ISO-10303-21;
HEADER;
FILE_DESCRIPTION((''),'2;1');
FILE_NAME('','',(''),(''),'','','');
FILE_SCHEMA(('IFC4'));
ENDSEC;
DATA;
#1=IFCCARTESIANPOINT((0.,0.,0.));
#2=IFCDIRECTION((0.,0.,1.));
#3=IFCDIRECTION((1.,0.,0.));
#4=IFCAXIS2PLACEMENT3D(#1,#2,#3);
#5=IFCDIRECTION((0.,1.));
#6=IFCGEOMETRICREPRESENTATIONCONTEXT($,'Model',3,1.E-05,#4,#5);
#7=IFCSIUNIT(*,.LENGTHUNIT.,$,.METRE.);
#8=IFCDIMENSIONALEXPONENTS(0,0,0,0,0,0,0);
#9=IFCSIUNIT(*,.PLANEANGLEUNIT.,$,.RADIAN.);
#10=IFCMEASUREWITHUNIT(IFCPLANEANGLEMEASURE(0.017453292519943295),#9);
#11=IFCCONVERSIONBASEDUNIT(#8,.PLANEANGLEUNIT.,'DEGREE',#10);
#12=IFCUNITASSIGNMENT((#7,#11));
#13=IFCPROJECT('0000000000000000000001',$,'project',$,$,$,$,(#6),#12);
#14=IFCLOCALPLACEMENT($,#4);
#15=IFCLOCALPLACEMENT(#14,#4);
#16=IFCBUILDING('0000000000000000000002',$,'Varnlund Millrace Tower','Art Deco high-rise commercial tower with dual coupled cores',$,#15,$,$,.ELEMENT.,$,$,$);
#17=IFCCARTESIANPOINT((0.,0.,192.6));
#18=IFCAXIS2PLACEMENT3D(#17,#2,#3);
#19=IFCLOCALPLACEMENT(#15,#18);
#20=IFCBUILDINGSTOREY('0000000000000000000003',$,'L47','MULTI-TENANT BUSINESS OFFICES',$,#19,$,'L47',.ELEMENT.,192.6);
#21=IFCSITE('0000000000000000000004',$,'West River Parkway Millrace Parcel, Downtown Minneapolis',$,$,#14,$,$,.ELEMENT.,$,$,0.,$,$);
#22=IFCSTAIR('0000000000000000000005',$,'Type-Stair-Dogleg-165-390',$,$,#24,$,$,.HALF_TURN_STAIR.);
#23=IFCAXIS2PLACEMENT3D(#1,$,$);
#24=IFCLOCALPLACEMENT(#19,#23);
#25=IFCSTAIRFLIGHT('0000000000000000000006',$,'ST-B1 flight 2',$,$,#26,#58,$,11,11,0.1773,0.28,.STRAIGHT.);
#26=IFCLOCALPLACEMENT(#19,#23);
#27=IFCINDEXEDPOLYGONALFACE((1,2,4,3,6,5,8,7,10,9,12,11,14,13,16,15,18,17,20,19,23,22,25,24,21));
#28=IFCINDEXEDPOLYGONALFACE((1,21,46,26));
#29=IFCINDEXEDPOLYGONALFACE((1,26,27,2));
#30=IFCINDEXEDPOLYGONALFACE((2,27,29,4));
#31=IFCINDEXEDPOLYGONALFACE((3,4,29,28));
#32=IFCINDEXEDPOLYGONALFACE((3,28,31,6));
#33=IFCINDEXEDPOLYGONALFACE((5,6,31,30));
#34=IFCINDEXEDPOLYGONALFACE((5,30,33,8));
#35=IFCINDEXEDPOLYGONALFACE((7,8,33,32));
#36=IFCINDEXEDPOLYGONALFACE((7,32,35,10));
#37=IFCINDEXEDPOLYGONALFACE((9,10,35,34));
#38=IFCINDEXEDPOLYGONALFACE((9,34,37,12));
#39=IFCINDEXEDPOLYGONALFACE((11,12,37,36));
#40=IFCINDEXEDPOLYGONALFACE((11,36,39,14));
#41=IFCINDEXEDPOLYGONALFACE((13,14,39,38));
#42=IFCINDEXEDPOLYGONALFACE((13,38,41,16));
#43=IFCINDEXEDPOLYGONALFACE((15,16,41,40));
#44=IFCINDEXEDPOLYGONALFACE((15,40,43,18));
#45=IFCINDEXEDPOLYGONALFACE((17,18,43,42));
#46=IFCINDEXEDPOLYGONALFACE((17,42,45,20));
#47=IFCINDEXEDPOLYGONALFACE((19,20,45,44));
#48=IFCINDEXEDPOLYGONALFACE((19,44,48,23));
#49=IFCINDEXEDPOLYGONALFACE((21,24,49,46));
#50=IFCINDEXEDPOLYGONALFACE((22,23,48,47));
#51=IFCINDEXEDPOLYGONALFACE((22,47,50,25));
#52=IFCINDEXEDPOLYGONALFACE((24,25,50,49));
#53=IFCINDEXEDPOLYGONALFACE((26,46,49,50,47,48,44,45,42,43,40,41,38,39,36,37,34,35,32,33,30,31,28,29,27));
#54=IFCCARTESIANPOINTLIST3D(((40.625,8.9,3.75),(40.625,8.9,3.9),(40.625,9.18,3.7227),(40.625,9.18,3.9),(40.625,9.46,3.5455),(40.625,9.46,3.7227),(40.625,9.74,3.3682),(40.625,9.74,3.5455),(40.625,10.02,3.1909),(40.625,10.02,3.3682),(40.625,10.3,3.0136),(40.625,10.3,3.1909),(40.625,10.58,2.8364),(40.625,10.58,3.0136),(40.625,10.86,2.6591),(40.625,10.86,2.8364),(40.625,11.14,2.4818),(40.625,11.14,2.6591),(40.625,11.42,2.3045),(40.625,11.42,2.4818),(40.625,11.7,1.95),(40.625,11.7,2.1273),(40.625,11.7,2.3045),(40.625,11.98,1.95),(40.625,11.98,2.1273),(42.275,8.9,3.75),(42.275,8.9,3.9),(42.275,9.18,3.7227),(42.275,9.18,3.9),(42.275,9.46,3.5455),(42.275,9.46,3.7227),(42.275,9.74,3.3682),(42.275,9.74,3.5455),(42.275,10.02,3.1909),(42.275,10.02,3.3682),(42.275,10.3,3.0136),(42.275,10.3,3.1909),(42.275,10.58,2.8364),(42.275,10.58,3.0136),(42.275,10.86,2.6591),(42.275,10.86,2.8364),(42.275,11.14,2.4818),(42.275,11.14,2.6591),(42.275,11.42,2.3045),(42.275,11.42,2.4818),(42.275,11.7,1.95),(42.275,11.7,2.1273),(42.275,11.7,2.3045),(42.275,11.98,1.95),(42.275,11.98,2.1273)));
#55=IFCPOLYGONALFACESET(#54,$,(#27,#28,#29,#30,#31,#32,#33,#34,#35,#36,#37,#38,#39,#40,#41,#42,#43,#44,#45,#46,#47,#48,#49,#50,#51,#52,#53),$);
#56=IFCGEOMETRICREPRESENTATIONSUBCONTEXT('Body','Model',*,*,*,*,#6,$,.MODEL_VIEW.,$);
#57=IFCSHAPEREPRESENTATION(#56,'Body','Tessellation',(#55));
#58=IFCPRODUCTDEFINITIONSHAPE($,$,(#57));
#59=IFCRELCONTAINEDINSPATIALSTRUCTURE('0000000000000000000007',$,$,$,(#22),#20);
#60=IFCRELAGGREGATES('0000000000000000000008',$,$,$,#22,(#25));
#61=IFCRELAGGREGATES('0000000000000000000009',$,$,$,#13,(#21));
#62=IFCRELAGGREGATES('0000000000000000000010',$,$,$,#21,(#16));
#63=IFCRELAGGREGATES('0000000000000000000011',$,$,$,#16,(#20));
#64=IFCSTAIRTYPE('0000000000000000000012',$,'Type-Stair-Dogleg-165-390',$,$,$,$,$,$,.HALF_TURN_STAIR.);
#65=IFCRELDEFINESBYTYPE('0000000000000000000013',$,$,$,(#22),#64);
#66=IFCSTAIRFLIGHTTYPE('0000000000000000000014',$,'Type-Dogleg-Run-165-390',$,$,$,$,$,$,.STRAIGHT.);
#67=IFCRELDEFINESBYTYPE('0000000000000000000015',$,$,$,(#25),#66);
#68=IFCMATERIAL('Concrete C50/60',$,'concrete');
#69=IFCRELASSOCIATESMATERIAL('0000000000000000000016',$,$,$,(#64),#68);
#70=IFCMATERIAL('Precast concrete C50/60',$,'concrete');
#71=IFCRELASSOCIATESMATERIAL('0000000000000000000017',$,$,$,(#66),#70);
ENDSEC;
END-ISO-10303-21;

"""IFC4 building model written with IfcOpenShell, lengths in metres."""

from ifc_helpers import new_model, entity, si_unit, converted_unit, direction, frame, origin_with_axes, place, context, subcontext, project, spatial, polyline, outline, extrude, material, type_object, element, aggregate, save


model = new_model("IFC4")

# Units and contexts
model_context = context("Model", 3, precision=1e-05, world=origin_with_axes(), true_north=direction((0.0, 1.0)))
body_context = subcontext(model_context, "Body", "Model", "MODEL_VIEW")
ifc_project = project(units=[si_unit("LENGTHUNIT", "METRE"), converted_unit("PLANEANGLEUNIT", "DEGREE", entity("IfcPlaneAngleMeasure", 0.017453292519943295), si_unit("PLANEANGLEUNIT", "RADIAN"), dimensions=[0, 0, 0, 0, 0, 0, 0])], contexts=[model_context])

# Site, building, storey
site_placement = place(None, origin_with_axes())
site = spatial("IfcSite", under=ifc_project, at=site_placement, Name="West River Parkway Millrace Parcel, Downtown Minneapolis", CompositionType="ELEMENT", RefElevation=0.0)
building_placement = place(site_placement, origin_with_axes())
building = spatial("IfcBuilding", under=site, at=building_placement, Name="Varnlund Millrace Tower", Description="Art Deco high-rise commercial tower with dual coupled cores", CompositionType="ELEMENT")
storey_placement = place(building_placement, frame((0.0, 0.0, 192.6), z_axis=(0.0, 0.0, 1.0), x_axis=(1.0, 0.0, 0.0)))
storey = spatial("IfcBuildingStorey", under=building, at=storey_placement, Name="L47", Description="MULTI-TENANT BUSINESS OFFICES", LongName="L47", CompositionType="ELEMENT", Elevation=192.6)

# Shared definitions
ifc_material_1 = material(Name="Precast concrete C50/60", Category="concrete")

# Stair, stair flight
ifc_material_2 = material(Name="Concrete C50/60", Category="concrete")
stair_type = type_object("IfcStairType", Name="Type-Stair-Dogleg-165-390", PredefinedType="HALF_TURN_STAIR", material=ifc_material_2)
stair_placement = place(storey_placement, origin_with_axes())
stair = element("IfcStair", 1, at=stair_placement, inside=storey, type_object=stair_type, Name="Type-Stair-Dogleg-165-390", PredefinedType="HALF_TURN_STAIR")
stair_flight_type = type_object("IfcStairFlightType", Name="Type-Dogleg-Run-165-390", PredefinedType="STRAIGHT", material=ifc_material_1)
stair_flight_placement = place(storey_placement, frame((42.275, 11.98, 1.95), z_axis=(-1.0, 0.0, 0.0), x_axis=(0.0, -1.0, 0.0)))
stair_flight = element("IfcStairFlight", 2, at=stair_flight_placement, type_object=stair_flight_type, Name="ST-B1 flight 2", NumberOfRisers=11, NumberOfTreads=11, PredefinedType="STRAIGHT", RiserHeight=0.1773, TreadLength=0.28, context=body_context, shape_type="SweptSolid", body=[
    extrude(outline(polyline([(0.0, 0.0), (0.0, 0.1773), (0.28, 0.1773), (0.28, 0.3545), (0.56, 0.3545), (0.56, 0.5318), (0.84, 0.5318), (0.84, 0.7091), (1.12, 0.7091), (1.12, 0.8864), (1.4, 0.8864), (1.4, 1.0636), (1.68, 1.0636), (1.68, 1.2409), (1.96, 1.2409), (1.96, 1.4182), (2.24, 1.4182), (2.24, 1.5955), (2.52, 1.5955), (2.52, 1.7727), (2.8, 1.7727), (2.8, 1.95), (3.08, 1.95), (3.08, 1.8), (0.28, 0.0), (0.0, 0.0)])), origin_with_axes(), (0.0, 0.0, 1.0), 1.65),
])
aggregate(stair, [stair_flight])

save(model, "model.ifc")
